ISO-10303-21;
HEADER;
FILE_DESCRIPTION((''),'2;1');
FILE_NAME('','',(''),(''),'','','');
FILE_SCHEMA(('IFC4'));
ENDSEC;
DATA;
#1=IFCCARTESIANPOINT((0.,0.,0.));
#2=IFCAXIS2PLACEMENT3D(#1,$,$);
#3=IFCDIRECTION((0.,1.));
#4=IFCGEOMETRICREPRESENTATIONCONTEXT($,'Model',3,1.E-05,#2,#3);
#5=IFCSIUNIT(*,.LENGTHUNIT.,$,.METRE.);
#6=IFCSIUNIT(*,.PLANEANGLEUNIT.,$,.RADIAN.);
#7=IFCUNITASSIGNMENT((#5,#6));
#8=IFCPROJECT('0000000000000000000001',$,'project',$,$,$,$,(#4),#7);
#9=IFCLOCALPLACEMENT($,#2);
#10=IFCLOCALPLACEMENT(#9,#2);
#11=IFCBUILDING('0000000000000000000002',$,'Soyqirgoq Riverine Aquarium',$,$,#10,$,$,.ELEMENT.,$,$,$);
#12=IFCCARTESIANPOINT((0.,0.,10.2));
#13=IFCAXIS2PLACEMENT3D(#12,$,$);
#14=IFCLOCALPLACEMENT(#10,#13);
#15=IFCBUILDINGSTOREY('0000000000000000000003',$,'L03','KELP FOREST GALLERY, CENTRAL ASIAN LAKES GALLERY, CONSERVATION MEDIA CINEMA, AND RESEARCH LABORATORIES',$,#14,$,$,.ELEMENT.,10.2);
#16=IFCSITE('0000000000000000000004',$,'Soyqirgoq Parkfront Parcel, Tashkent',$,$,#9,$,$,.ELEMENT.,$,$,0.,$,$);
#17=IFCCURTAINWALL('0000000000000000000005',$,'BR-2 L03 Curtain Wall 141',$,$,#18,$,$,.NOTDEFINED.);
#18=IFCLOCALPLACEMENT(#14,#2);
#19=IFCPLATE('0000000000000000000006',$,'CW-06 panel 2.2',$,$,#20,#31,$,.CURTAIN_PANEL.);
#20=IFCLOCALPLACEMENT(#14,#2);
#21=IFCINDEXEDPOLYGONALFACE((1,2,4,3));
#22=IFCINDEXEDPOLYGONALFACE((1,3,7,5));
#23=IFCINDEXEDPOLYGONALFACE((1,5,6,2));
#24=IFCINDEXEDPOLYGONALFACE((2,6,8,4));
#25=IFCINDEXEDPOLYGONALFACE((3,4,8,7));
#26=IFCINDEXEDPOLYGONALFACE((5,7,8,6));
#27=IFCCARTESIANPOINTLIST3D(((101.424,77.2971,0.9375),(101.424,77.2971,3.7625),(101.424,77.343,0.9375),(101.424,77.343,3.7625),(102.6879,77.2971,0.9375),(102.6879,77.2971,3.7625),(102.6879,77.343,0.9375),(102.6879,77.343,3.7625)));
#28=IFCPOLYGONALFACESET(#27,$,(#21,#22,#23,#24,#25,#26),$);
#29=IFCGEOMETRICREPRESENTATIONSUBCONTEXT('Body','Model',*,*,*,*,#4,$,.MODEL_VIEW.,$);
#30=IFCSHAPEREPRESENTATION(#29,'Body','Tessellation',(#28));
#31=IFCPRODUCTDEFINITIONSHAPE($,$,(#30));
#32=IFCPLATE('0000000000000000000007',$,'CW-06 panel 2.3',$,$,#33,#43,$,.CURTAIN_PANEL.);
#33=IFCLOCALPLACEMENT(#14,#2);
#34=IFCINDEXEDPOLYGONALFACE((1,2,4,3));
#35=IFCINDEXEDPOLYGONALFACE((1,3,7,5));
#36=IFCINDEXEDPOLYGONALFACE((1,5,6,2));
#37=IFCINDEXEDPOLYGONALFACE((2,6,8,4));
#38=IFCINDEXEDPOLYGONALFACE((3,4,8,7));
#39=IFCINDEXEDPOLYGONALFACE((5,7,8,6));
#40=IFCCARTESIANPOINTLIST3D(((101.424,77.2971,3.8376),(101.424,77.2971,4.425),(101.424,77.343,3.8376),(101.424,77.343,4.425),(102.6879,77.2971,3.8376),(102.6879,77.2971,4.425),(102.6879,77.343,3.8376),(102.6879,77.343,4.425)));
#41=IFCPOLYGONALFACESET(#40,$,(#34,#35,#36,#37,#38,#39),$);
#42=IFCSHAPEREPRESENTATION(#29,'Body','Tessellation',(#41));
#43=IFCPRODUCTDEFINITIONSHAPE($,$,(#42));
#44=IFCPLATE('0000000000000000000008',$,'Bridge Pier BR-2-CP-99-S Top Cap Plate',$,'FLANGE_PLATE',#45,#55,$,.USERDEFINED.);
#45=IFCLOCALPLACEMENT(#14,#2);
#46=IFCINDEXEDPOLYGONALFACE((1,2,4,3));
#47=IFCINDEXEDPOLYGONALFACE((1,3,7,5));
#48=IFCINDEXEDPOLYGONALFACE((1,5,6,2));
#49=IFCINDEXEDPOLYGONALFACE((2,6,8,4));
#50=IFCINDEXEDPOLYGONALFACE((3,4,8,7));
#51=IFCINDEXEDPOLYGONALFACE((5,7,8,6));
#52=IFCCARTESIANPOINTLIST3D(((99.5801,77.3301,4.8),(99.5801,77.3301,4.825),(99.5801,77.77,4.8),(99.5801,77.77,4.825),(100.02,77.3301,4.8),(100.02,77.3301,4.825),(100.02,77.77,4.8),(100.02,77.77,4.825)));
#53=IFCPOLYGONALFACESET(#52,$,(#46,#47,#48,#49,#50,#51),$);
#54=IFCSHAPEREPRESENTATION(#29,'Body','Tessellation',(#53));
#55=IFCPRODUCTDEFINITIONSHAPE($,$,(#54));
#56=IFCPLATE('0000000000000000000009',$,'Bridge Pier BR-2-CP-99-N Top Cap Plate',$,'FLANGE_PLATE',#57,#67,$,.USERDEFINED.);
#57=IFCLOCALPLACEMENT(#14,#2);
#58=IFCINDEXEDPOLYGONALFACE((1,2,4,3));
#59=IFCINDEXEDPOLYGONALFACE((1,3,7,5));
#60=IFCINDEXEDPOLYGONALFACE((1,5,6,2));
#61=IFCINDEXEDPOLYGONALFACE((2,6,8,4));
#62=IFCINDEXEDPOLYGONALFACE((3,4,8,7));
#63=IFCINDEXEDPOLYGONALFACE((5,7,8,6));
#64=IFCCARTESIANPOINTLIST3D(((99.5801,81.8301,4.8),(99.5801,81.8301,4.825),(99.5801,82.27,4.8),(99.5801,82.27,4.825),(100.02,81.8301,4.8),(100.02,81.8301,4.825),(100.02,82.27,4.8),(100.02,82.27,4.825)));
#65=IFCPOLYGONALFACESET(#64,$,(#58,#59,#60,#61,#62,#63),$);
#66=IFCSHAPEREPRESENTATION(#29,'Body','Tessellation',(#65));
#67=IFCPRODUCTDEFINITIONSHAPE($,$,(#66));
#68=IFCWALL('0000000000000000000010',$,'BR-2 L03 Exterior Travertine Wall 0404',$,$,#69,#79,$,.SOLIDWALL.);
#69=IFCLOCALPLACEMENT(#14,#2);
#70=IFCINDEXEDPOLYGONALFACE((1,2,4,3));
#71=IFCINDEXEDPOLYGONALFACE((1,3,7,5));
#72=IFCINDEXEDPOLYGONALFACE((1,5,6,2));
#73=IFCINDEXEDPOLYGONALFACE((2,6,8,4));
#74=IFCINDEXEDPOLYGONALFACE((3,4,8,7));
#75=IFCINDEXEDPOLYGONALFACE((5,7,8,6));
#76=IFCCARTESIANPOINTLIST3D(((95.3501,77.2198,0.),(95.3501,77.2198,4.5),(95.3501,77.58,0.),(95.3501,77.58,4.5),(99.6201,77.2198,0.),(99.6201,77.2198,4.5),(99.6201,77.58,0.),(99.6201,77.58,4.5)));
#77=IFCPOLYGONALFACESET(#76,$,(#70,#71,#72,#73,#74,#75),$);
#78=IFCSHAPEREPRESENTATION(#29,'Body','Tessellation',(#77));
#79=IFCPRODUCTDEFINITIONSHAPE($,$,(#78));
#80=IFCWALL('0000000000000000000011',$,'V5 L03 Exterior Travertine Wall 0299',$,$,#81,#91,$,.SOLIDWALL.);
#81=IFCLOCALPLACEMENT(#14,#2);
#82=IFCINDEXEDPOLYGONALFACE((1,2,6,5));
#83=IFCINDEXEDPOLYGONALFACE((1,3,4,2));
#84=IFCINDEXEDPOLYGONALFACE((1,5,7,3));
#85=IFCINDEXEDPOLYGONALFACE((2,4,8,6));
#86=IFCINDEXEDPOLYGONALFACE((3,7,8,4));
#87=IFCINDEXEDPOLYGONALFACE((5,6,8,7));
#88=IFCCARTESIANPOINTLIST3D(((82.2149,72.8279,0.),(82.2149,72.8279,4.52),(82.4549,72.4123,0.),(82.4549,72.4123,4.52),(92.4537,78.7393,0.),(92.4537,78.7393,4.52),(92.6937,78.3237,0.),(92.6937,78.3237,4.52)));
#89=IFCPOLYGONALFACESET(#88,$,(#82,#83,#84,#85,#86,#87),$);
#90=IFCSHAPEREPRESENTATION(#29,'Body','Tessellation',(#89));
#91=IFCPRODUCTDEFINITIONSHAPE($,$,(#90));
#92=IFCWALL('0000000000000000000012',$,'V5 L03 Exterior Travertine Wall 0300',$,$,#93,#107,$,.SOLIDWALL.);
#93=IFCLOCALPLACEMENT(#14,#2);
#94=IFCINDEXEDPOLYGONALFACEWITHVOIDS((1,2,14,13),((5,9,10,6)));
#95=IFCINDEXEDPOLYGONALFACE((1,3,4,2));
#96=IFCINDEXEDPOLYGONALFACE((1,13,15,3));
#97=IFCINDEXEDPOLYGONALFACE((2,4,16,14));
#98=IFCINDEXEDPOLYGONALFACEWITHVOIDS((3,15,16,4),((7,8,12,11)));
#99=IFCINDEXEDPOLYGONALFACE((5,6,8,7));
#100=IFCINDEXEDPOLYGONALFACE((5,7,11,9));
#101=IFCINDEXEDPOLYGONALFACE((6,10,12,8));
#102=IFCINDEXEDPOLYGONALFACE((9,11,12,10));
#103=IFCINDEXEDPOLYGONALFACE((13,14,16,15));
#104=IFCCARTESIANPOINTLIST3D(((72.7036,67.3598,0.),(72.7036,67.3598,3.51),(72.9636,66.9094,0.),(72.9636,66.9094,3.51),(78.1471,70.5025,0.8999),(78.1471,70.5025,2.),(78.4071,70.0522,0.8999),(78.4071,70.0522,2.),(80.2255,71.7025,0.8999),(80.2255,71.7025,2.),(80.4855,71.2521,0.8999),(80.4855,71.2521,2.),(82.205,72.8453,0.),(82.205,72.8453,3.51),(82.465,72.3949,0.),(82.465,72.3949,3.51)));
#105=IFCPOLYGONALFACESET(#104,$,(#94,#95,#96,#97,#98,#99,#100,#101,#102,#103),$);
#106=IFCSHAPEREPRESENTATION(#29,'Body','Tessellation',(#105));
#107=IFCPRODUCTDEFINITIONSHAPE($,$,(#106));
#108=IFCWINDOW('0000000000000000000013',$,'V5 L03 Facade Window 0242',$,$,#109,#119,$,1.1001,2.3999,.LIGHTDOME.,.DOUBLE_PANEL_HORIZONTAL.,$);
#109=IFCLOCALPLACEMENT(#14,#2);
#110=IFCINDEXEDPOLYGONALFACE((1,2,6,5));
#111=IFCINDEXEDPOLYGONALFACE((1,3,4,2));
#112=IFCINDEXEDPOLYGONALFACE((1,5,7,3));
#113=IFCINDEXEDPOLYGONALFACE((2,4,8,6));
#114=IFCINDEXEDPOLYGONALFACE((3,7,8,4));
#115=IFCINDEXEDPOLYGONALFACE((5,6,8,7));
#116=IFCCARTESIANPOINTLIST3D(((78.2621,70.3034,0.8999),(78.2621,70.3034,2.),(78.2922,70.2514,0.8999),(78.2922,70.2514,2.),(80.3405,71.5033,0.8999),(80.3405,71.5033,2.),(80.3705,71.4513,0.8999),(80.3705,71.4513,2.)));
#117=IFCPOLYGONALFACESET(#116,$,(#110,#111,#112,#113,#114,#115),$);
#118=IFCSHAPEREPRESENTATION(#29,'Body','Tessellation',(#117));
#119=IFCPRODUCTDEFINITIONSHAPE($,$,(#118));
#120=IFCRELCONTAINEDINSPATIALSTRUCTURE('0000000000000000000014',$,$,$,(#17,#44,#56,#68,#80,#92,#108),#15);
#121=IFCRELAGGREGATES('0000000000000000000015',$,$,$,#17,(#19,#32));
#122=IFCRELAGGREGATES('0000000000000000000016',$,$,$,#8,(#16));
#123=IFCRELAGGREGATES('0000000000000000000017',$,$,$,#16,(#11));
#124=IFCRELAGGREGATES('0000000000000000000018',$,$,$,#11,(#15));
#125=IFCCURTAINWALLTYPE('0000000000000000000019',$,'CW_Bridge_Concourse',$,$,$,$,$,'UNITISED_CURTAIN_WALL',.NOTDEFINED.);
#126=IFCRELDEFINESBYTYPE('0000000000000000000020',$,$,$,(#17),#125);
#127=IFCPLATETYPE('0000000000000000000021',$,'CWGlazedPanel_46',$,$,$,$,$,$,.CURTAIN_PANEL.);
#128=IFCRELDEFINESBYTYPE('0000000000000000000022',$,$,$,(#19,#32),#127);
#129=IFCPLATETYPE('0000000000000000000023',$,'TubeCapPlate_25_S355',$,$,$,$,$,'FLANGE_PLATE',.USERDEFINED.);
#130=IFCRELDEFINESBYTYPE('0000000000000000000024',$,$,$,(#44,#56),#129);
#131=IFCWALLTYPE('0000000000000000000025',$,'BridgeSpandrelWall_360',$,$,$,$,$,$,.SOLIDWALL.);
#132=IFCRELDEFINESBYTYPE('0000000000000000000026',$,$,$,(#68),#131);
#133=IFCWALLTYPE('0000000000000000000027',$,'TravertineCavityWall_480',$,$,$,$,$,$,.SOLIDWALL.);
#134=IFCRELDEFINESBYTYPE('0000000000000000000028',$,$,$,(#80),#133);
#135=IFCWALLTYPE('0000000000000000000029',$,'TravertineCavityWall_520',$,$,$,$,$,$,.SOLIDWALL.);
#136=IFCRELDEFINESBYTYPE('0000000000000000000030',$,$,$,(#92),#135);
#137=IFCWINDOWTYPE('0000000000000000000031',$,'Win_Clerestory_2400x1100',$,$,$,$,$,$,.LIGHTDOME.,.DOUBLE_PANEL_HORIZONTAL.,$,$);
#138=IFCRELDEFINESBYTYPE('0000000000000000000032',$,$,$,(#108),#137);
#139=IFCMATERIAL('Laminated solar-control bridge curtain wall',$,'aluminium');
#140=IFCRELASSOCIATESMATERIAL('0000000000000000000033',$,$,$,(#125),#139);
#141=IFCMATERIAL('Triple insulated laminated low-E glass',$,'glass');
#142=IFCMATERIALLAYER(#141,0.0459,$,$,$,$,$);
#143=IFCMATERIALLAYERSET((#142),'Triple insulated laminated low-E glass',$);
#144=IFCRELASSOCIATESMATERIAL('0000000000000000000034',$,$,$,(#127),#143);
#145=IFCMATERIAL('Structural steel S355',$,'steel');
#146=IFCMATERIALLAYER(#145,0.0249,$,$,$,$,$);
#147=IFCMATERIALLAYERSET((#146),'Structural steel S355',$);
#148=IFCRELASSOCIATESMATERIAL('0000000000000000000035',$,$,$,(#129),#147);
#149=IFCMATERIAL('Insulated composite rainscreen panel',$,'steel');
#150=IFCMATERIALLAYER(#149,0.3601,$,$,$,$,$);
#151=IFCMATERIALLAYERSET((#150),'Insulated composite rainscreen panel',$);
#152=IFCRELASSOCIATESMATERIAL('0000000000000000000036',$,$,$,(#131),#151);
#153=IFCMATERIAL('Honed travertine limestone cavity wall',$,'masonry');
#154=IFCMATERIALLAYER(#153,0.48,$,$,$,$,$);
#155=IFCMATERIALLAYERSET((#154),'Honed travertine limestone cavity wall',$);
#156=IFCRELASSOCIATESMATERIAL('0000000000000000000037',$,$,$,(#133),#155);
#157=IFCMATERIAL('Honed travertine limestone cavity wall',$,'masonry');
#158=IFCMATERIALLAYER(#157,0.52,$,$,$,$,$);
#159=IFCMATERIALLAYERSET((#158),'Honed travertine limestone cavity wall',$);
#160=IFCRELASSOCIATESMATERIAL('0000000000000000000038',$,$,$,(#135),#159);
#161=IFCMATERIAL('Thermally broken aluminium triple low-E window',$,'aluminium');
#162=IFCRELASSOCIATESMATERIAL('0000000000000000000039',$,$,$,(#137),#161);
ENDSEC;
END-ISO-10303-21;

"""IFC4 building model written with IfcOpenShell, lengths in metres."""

from ifc_helpers import new_model, si_unit, direction, frame, frame_2d, origin, origin_2d, place, context, subcontext, project, spatial, rectangle, extrude, material, layer, layer_set, type_object, element, fill, aggregate, save


model = new_model("IFC4")

# Units and contexts
model_context = context("Model", 3, precision=1e-05, world=origin(), true_north=direction((0.0, 1.0)))
body_context = subcontext(model_context, "Body", "Model", "MODEL_VIEW")
ifc_project = project(units=[si_unit("LENGTHUNIT", "METRE"), si_unit("PLANEANGLEUNIT", "RADIAN")], contexts=[model_context])

# Site, building, storey
site_placement = place(None, origin())
site = spatial("IfcSite", under=ifc_project, at=site_placement, Name="Soyqirgoq Parkfront Parcel, Tashkent", CompositionType="ELEMENT", RefElevation=0.0)
building_placement = place(site_placement, origin())
building = spatial("IfcBuilding", under=site, at=building_placement, Name="Soyqirgoq Riverine Aquarium", CompositionType="ELEMENT")
storey_placement = place(building_placement, frame((0.0, 0.0, 10.2)))
storey = spatial("IfcBuildingStorey", under=building, at=storey_placement, Name="L03", Description="KELP FOREST GALLERY, CENTRAL ASIAN LAKES GALLERY, CONSERVATION MEDIA CINEMA, AND RESEARCH LABORATORIES", CompositionType="ELEMENT", Elevation=10.2)

# Curtain wall
ifc_material_1 = material(Name="Laminated solar-control bridge curtain wall", Category="aluminium")
curtain_wall_type = type_object("IfcCurtainWallType", Name="CW_Bridge_Concourse", ElementType="UNITISED_CURTAIN_WALL", PredefinedType="NOTDEFINED", material=ifc_material_1)
curtain_wall_placement = place(storey_placement, origin())
curtain_wall = element("IfcCurtainWall", 1, at=curtain_wall_placement, inside=storey, type_object=curtain_wall_type, Name="BR-2 L03 Curtain Wall 141", PredefinedType="NOTDEFINED")

# Plates
ifc_material_2 = material(Name="Triple insulated laminated low-E glass", Category="glass")
ifc_layer_1 = layer(ifc_material_2, 0.0459)
ifc_layer_set_1 = layer_set([ifc_layer_1], Name="Triple insulated laminated low-E glass")
plate_type_1 = type_object("IfcPlateType", Name="CWGlazedPanel_46", PredefinedType="CURTAIN_PANEL", material=ifc_layer_set_1)
plate_1_placement = place(storey_placement, frame((102.0559, 77.3201, 0.9375), z_axis=(0.0, 0.0, 1.0), x_axis=(1.0, 0.0, 0.0)))
plate_1 = element("IfcPlate", 2, at=plate_1_placement, type_object=plate_type_1, Name="CW-06 panel 2.2", PredefinedType="CURTAIN_PANEL", context=body_context, shape_type="SweptSolid", body=[
    extrude(rectangle(XDim=1.2639, YDim=0.0459, at=origin_2d()), origin(), (0.0, 0.0, 1.0), 2.825),
])
plate_2_placement = place(storey_placement, frame((102.0559, 77.3201, 3.8376), z_axis=(0.0, 0.0, 1.0), x_axis=(1.0, 0.0, 0.0)))
plate_2 = element("IfcPlate", 3, at=plate_2_placement, type_object=plate_type_1, Name="CW-06 panel 2.3", PredefinedType="CURTAIN_PANEL", context=body_context, shape_type="SweptSolid", body=[
    extrude(rectangle(XDim=1.2639, YDim=0.0459, at=origin_2d()), origin(), (0.0, 0.0, 1.0), 0.5874),
])
aggregate(curtain_wall, [plate_1, plate_2])

# Plates
ifc_material_3 = material(Name="Structural steel S355", Category="steel")
ifc_layer_2 = layer(ifc_material_3, 0.0249)
ifc_layer_set_2 = layer_set([ifc_layer_2], Name="Structural steel S355")
plate_type_2 = type_object("IfcPlateType", Name="TubeCapPlate_25_S355", ElementType="FLANGE_PLATE", PredefinedType="USERDEFINED", material=ifc_layer_set_2)
for number, where, z_axis, x_axis, name in (
    (4, (99.8, 77.55, 4.8), (0.0, 0.0, 1.0), (1.0, 0.0, 0.0), "Bridge Pier BR-2-CP-99-S Top Cap Plate"),
    (5, (99.8, 82.05, 4.8), (0.0, 0.0, 1.0), (1.0, 0.0, 0.0), "Bridge Pier BR-2-CP-99-N Top Cap Plate"),
):
    element("IfcPlate", number, at=place(storey_placement, frame(where, z_axis=z_axis, x_axis=x_axis)), inside=storey, type_object=plate_type_2, Name=name, ObjectType="FLANGE_PLATE", PredefinedType="USERDEFINED", context=body_context, shape_type="SweptSolid", body=[
        extrude(rectangle(XDim=0.4399, YDim=0.4399, at=origin_2d()), origin(), (0.0, 0.0, 1.0), 0.0249),
    ])

# Walls
ifc_material_4 = material(Name="Insulated composite rainscreen panel", Category="steel")
ifc_layer_3 = layer(ifc_material_4, 0.3601)
ifc_layer_set_3 = layer_set([ifc_layer_3], Name="Insulated composite rainscreen panel")
wall_type_1 = type_object("IfcWallType", Name="BridgeSpandrelWall_360", PredefinedType="SOLIDWALL", material=ifc_layer_set_3)
wall_1_placement = place(storey_placement, frame((95.3501, 77.3999, 0.0), z_axis=(0.0, 0.0, 1.0), x_axis=(1.0, 0.0, 0.0)))
element("IfcWall", 6, at=wall_1_placement, inside=storey, type_object=wall_type_1, Name="BR-2 L03 Exterior Travertine Wall 0404", PredefinedType="SOLIDWALL", context=body_context, shape_type="SweptSolid", body=[
    extrude(rectangle(XDim=4.27, YDim=0.3601, at=frame_2d((2.135, 0.0))), origin(), (0.0, 0.0, 1.0), 4.5),
])
ifc_material_5 = material(Name="Honed travertine limestone cavity wall", Category="masonry")
ifc_layer_4 = layer(ifc_material_5, 0.48)
ifc_layer_set_4 = layer_set([ifc_layer_4], Name="Honed travertine limestone cavity wall")
wall_type_2 = type_object("IfcWallType", Name="TravertineCavityWall_480", PredefinedType="SOLIDWALL", material=ifc_layer_set_4)
wall_2_placement = place(storey_placement, frame((92.5737, 78.5315, 0.0), z_axis=(0.0, 0.0, 1.0), x_axis=(-0.866025, -0.500001, 0.0)))
element("IfcWall", 7, at=wall_2_placement, inside=storey, type_object=wall_type_2, Name="V5 L03 Exterior Travertine Wall 0299", PredefinedType="SOLIDWALL", context=body_context, shape_type="SweptSolid", body=[
    extrude(rectangle(XDim=11.8228, YDim=0.48, at=frame_2d((5.9114, 0.0))), origin(), (0.0, 0.0, 1.0), 4.52),
])

# Wall, opening, window
ifc_material_6 = material(Name="Honed travertine limestone cavity wall", Category="masonry")
ifc_layer_5 = layer(ifc_material_6, 0.52)
ifc_layer_set_5 = layer_set([ifc_layer_5], Name="Honed travertine limestone cavity wall")
wall_type_3 = type_object("IfcWallType", Name="TravertineCavityWall_520", PredefinedType="SOLIDWALL", material=ifc_layer_set_5)
wall_3_placement = place(storey_placement, frame((82.335, 72.6201, 0.0), z_axis=(0.0, 0.0, 1.0), x_axis=(-0.866028, -0.499995, 0.0)))
wall_3 = element("IfcWall", 8, at=wall_3_placement, inside=storey, type_object=wall_type_3, Name="V5 L03 Exterior Travertine Wall 0300", PredefinedType="SOLIDWALL", context=body_context, shape_type="SweptSolid", body=[
    extrude(rectangle(XDim=10.9712, YDim=0.52, at=frame_2d((5.4856, 0.0))), origin(), (0.0, 0.0, 1.0), 3.51),
])
opening_placement = place(wall_3_placement, frame((2.2856, 0.0, 0.8999)))
opening = element("IfcOpeningElement", 9, at=opening_placement, cuts=wall_3, PredefinedType="OPENING", context=body_context, shape_type="SweptSolid", body=[
    extrude(rectangle(XDim=2.3999, YDim=1.1001, at=frame_2d((1.2, 0.55))), frame((0.0, 0.27, 0.0), z_axis=(0.0, -1.0, 0.0), x_axis=(1.0, 0.0, 0.0)), (0.0, 0.0, 1.0), 0.54),
])
ifc_material_7 = material(Name="Thermally broken aluminium triple low-E window", Category="aluminium")
window_type = type_object("IfcWindowType", Name="Win_Clerestory_2400x1100", PartitioningType="DOUBLE_PANEL_HORIZONTAL", PredefinedType="LIGHTDOME", material=ifc_material_7)
window_placement = place(opening_placement, origin())
window = element("IfcWindow", 10, at=window_placement, inside=storey, type_object=window_type, Name="V5 L03 Facade Window 0242", OverallHeight=1.1001, OverallWidth=2.3999, PartitioningType="DOUBLE_PANEL_HORIZONTAL", PredefinedType="LIGHTDOME", context=body_context, shape_type="SweptSolid", body=[
    extrude(rectangle(XDim=2.3999, YDim=1.1001, at=frame_2d((1.2, 0.55))), frame((0.0, 0.03, 0.0), z_axis=(0.0, -1.0, 0.0), x_axis=(1.0, 0.0, 0.0)), (0.0, 0.0, 1.0), 0.0601),
])
fill(opening, window)

save(model, "model.ifc")
